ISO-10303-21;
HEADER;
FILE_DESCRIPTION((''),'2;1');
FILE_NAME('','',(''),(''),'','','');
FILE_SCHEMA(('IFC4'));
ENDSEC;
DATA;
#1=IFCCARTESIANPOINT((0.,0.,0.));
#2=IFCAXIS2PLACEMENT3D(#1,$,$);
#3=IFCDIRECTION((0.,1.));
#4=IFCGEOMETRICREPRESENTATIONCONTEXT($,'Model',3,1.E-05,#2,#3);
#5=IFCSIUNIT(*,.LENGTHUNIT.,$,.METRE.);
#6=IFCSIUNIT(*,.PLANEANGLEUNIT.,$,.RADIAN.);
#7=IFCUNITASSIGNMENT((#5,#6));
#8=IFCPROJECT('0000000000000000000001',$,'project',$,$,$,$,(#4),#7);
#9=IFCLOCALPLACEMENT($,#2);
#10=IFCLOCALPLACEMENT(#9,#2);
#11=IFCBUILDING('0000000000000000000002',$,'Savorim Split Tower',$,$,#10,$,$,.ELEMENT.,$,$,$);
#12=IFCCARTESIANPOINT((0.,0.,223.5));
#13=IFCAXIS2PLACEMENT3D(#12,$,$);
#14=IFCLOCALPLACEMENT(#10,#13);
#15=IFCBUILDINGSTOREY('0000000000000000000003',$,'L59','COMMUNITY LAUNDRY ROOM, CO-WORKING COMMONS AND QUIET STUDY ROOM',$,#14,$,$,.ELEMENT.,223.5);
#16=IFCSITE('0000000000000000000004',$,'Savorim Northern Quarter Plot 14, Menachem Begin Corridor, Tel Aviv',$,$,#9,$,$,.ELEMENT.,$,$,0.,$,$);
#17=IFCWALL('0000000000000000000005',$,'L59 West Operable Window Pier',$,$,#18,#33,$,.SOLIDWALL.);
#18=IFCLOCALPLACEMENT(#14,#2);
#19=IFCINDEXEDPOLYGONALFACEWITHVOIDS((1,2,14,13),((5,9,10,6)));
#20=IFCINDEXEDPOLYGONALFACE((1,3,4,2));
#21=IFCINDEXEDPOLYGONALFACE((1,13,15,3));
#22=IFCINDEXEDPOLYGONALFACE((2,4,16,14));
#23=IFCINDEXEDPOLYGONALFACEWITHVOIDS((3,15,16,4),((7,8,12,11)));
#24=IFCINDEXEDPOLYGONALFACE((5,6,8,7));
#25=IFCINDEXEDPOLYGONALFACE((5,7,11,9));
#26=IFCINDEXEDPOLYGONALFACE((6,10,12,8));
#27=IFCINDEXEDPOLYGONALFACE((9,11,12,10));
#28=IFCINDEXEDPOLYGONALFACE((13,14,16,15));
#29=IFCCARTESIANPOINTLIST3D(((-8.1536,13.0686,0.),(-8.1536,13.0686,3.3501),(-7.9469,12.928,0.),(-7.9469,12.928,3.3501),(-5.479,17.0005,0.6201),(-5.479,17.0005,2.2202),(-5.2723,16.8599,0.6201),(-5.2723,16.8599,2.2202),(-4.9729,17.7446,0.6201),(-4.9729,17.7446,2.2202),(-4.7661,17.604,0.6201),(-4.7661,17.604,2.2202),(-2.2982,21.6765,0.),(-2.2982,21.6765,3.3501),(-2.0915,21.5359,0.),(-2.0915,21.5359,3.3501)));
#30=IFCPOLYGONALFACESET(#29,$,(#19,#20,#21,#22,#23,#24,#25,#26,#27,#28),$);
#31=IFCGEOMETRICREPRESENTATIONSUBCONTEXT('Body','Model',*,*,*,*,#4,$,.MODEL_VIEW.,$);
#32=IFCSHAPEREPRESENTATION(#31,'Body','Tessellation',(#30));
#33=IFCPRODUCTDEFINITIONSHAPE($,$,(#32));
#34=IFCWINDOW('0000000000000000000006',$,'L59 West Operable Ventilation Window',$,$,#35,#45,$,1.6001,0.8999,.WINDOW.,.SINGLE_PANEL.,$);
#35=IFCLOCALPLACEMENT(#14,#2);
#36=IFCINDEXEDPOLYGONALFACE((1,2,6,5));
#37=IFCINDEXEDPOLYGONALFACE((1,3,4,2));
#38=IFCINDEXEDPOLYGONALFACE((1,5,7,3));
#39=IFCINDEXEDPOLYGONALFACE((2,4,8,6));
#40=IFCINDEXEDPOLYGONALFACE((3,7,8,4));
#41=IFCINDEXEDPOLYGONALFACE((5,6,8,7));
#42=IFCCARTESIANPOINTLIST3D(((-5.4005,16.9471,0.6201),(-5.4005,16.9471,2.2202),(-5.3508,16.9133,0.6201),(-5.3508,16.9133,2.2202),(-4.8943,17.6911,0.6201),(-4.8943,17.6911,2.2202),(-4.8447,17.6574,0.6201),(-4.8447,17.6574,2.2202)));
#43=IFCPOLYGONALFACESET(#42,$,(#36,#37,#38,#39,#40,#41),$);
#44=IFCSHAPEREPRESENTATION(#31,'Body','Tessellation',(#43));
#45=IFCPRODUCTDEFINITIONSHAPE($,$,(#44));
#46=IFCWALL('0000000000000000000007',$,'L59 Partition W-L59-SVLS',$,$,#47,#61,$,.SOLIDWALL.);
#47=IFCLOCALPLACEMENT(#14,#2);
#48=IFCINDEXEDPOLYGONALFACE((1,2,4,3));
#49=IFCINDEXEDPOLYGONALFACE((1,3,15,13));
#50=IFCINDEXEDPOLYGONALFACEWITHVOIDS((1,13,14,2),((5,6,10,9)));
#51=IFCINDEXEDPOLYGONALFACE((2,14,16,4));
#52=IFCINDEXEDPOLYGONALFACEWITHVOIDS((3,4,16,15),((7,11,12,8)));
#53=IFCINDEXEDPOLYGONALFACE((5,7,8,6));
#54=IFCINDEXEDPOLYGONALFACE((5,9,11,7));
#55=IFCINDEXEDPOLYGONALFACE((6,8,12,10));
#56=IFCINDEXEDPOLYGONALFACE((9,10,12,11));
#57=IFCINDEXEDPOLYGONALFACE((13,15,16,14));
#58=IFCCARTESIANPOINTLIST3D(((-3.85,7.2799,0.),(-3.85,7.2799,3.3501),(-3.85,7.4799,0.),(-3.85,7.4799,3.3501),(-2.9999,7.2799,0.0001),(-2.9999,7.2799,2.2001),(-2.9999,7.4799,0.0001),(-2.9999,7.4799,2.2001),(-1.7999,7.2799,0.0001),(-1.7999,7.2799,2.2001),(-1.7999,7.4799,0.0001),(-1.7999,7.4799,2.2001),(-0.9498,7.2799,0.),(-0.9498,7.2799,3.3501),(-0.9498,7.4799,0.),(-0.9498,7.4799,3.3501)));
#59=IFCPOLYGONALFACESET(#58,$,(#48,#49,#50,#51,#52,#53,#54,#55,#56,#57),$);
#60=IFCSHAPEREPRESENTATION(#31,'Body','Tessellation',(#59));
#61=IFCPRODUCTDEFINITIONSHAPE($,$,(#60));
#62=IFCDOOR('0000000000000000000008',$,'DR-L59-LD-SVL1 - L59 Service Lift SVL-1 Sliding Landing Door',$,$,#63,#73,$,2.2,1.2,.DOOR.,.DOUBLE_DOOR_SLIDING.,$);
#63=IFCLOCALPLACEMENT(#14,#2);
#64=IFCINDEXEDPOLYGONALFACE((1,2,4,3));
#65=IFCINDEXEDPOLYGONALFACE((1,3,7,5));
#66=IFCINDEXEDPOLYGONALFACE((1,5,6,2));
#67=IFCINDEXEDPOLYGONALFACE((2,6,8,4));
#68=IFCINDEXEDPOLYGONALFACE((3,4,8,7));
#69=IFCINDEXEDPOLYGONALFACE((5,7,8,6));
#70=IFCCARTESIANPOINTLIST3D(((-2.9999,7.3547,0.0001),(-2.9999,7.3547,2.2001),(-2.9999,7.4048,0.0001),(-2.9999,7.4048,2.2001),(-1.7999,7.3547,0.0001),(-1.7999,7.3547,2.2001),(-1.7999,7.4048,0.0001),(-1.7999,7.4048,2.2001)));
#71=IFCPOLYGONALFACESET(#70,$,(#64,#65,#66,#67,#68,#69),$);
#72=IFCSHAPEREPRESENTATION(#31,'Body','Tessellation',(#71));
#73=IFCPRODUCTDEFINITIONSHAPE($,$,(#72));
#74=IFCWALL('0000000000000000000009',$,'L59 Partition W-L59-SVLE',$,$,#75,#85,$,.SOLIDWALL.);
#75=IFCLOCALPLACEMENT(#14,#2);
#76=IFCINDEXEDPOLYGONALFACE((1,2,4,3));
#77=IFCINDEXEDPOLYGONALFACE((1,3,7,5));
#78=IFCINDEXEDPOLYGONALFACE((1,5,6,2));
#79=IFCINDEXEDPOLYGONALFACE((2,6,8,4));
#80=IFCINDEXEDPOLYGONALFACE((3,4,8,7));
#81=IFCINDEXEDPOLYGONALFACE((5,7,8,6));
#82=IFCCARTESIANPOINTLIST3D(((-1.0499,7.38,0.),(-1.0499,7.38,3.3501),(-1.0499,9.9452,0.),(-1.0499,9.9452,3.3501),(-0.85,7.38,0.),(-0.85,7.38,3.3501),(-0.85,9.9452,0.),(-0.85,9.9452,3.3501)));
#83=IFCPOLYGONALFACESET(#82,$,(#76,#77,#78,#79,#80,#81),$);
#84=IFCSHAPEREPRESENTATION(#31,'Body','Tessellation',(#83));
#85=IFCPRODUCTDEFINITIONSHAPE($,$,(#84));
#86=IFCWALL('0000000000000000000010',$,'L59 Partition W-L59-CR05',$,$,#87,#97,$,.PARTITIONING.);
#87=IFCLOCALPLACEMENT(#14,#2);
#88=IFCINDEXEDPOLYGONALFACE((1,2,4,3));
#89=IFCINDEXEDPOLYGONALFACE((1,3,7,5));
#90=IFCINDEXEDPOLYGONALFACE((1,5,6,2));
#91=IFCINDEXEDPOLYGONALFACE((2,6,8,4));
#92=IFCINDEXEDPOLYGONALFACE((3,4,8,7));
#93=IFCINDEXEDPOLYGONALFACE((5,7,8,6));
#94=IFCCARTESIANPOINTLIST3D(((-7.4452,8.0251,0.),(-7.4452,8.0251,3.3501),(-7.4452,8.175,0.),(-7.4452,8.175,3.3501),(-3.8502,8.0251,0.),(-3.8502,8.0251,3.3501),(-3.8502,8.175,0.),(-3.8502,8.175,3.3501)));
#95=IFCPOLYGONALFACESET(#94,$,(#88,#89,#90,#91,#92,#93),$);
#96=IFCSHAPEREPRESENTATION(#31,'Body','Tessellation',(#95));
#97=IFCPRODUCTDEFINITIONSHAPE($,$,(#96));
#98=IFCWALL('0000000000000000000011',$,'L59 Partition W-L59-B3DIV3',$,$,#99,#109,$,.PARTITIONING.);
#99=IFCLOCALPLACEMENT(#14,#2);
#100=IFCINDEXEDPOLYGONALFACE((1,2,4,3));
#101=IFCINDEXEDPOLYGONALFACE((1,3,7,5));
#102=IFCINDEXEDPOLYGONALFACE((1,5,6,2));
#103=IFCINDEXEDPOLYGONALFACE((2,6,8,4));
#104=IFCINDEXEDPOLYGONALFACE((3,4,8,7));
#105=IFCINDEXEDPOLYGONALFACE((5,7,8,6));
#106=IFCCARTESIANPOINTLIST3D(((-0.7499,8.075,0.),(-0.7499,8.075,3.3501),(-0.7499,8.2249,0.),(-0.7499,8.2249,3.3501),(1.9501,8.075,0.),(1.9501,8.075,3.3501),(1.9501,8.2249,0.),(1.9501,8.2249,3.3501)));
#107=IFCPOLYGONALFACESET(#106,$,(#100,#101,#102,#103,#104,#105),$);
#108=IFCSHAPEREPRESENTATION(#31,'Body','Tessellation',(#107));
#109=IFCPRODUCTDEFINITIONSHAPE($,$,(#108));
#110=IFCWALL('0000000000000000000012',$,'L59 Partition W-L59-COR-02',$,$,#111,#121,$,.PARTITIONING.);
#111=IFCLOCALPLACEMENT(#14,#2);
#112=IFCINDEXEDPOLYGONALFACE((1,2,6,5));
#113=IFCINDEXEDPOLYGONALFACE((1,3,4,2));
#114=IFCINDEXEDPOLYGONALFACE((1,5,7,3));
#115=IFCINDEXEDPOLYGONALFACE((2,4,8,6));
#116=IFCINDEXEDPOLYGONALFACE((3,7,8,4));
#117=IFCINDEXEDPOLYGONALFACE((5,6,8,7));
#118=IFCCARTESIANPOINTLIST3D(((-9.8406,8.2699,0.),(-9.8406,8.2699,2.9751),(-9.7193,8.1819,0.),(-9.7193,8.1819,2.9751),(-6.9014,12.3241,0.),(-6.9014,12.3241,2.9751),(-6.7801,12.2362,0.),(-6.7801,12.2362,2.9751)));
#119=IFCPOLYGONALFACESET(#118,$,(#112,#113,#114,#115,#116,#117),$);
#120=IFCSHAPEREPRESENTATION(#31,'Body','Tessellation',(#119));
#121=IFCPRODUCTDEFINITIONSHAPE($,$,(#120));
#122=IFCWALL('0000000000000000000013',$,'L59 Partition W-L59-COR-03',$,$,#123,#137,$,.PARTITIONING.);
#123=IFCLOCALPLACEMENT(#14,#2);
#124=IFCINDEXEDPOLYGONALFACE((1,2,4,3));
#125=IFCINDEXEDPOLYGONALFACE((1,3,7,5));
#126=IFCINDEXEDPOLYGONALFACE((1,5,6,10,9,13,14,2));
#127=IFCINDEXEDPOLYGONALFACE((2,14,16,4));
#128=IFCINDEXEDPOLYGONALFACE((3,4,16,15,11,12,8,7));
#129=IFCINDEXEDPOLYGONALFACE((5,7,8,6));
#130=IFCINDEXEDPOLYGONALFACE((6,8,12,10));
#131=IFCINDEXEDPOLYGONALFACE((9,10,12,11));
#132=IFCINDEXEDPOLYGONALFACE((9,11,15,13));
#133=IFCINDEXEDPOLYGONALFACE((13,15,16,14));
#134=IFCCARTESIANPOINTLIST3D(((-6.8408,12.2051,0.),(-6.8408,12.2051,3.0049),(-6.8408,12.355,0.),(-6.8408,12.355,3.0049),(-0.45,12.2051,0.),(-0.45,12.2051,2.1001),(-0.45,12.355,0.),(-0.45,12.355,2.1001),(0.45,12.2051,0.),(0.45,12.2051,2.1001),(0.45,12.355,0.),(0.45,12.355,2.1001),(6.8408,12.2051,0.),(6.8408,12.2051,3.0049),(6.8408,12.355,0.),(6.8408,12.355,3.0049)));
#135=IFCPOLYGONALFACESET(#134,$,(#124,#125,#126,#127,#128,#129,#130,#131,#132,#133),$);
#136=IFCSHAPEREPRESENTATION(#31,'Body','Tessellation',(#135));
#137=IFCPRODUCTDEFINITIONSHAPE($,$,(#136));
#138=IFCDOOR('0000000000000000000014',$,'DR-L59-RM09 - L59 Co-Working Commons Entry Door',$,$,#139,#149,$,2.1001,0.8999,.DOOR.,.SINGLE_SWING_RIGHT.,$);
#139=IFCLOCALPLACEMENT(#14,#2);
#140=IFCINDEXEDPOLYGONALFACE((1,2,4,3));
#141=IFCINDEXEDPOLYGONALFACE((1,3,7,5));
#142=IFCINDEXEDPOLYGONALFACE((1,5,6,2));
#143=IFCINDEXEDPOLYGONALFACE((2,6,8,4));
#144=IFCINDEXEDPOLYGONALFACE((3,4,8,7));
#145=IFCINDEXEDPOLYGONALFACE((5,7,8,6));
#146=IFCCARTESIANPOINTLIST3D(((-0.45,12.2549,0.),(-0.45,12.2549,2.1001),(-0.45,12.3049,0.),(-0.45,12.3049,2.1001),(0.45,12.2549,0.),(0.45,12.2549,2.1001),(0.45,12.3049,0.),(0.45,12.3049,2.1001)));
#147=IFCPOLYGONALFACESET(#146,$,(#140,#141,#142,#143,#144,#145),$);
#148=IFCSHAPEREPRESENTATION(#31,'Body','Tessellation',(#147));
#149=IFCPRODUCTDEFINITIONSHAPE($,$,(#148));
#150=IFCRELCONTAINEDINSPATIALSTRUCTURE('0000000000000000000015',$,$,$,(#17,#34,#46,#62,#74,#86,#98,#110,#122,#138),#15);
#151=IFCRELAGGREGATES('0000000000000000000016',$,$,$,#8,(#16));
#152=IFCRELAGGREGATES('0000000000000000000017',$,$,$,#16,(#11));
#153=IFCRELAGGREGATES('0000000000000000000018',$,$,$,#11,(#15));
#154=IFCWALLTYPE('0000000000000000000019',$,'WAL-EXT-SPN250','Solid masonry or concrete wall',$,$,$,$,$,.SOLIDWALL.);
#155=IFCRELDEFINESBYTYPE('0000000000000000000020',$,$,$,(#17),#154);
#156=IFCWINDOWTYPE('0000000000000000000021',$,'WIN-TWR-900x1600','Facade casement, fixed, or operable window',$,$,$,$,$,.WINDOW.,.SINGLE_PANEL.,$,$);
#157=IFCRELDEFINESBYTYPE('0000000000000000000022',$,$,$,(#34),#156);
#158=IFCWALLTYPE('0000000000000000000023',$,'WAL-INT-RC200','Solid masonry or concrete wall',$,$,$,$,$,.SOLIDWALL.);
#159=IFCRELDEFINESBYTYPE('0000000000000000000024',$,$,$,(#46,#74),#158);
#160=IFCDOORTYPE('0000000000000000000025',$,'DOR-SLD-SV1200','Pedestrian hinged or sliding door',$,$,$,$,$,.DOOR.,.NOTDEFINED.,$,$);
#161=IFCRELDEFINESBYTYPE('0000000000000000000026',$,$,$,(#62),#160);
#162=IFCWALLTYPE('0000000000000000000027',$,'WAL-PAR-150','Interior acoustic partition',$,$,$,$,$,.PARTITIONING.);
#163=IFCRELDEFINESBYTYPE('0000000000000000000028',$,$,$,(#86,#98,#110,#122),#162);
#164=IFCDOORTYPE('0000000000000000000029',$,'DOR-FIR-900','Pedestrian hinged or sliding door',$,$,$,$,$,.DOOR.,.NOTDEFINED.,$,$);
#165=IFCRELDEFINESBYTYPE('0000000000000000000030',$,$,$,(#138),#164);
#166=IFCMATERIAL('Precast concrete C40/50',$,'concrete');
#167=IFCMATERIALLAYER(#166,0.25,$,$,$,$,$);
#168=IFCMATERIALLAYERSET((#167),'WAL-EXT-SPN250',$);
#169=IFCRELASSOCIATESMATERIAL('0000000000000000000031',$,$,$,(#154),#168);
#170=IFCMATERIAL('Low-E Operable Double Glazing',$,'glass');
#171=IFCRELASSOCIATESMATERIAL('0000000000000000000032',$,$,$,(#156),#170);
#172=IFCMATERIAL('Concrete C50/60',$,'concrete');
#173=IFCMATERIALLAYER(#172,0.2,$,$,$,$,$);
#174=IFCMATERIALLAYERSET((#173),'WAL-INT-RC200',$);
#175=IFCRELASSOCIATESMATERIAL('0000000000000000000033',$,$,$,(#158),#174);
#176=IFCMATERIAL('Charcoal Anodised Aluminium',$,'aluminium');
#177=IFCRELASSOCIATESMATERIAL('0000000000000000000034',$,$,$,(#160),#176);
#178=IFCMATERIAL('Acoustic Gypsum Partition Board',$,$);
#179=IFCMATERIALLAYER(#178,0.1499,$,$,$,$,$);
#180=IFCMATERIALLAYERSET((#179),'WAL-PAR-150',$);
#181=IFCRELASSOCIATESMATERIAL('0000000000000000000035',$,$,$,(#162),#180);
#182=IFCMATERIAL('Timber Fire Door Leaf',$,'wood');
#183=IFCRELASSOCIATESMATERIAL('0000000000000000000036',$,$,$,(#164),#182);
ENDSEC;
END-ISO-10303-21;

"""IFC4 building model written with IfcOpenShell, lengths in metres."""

from ifc_helpers import new_model, si_unit, direction, frame, frame_2d, origin, place, context, subcontext, project, spatial, rectangle, extrude, material, layer, layer_set, type_object, element, fill, save


model = new_model("IFC4")

# Units and contexts
model_context = context("Model", 3, precision=1e-05, world=origin(), true_north=direction((0.0, 1.0)))
body_context = subcontext(model_context, "Body", "Model", "MODEL_VIEW")
ifc_project = project(units=[si_unit("LENGTHUNIT", "METRE"), si_unit("PLANEANGLEUNIT", "RADIAN")], contexts=[model_context])

# Site, building, storey
site_placement = place(None, origin())
site = spatial("IfcSite", under=ifc_project, at=site_placement, Name="Savorim Northern Quarter Plot 14, Menachem Begin Corridor, Tel Aviv", CompositionType="ELEMENT", RefElevation=0.0)
building_placement = place(site_placement, origin())
building = spatial("IfcBuilding", under=site, at=building_placement, Name="Savorim Split Tower", CompositionType="ELEMENT")
storey_placement = place(building_placement, frame((0.0, 0.0, 223.5)))
storey = spatial("IfcBuildingStorey", under=building, at=storey_placement, Name="L59", Description="COMMUNITY LAUNDRY ROOM, CO-WORKING COMMONS AND QUIET STUDY ROOM", CompositionType="ELEMENT", Elevation=223.5)

# Shared definitions
ifc_material_1 = material(Name="Charcoal Anodised Aluminium", Category="aluminium")

# Wall, opening, window
ifc_material_2 = material(Name="Precast concrete C40/50", Category="concrete")
ifc_material_3 = material(Name="Low-E Operable Double Glazing", Category="glass")
ifc_layer_1 = layer(ifc_material_2, 0.25)
ifc_layer_set_1 = layer_set([ifc_layer_1], Name="WAL-EXT-SPN250")
wall_type_1 = type_object("IfcWallType", Name="WAL-EXT-SPN250", Description="Solid masonry or concrete wall", PredefinedType="SOLIDWALL", material=ifc_layer_set_1)
wall_1_placement = place(storey_placement, frame((-8.0503, 12.9983, 0.0), z_axis=(0.0, 0.0, 1.0), x_axis=(0.562447, 0.826833, 0.0)))
wall_1 = element("IfcWall", 1, at=wall_1_placement, inside=storey, type_object=wall_type_1, Name="L59 West Operable Window Pier", PredefinedType="SOLIDWALL", context=body_context, shape_type="SweptSolid", body=[
    extrude(rectangle(XDim=10.4106, YDim=0.25, at=frame_2d((5.2053, 0.0))), origin(), (0.0, 0.0, 1.0), 3.3501),
])
opening_1_placement = place(wall_1_placement, frame((4.7554, 0.0, 0.6201)))
opening_1 = element("IfcOpeningElement", 2, at=opening_1_placement, cuts=wall_1, PredefinedType="OPENING", context=body_context, shape_type="SweptSolid", body=[
    extrude(rectangle(XDim=0.8999, YDim=1.6001, at=frame_2d((0.45, 0.8))), frame((0.0, 0.135, 0.0), z_axis=(0.0, -1.0, 0.0), x_axis=(1.0, 0.0, 0.0)), (0.0, 0.0, 1.0), 0.27),
])
window_type_1 = type_object("IfcWindowType", Name="WIN-TWR-900x1600", Description="Facade casement, fixed, or operable window", PartitioningType="SINGLE_PANEL", PredefinedType="WINDOW", material=ifc_material_3)
window_1_placement = place(opening_1_placement, origin())
window_1 = element("IfcWindow", 3, at=window_1_placement, inside=storey, type_object=window_type_1, Name="L59 West Operable Ventilation Window", OverallHeight=1.6001, OverallWidth=0.8999, PartitioningType="SINGLE_PANEL", PredefinedType="WINDOW", context=body_context, shape_type="SweptSolid", body=[
    extrude(rectangle(XDim=0.8999, YDim=1.6001, at=frame_2d((0.45, 0.8))), frame((0.0, 0.03, 0.0), z_axis=(0.0, -1.0, 0.0), x_axis=(1.0, 0.0, 0.0)), (0.0, 0.0, 1.0), 0.0601),
])
fill(opening_1, window_1)

# Wall, opening, door
ifc_material_4 = material(Name="Concrete C50/60", Category="concrete")
ifc_layer_2 = layer(ifc_material_4, 0.2)
ifc_layer_set_2 = layer_set([ifc_layer_2], Name="WAL-INT-RC200")
wall_type_2 = type_object("IfcWallType", Name="WAL-INT-RC200", Description="Solid masonry or concrete wall", PredefinedType="SOLIDWALL", material=ifc_layer_set_2)
wall_2_placement = place(storey_placement, frame((-3.8501, 7.3799, 0.0), z_axis=(0.0, 0.0, 1.0), x_axis=(1.0, 0.0, 0.0)))
wall_2 = element("IfcWall", 4, at=wall_2_placement, inside=storey, type_object=wall_type_2, Name="L59 Partition W-L59-SVLS", PredefinedType="SOLIDWALL", context=body_context, shape_type="SweptSolid", body=[
    extrude(rectangle(XDim=2.9001, YDim=0.2, at=frame_2d((1.4502, 0.0))), origin(), (0.0, 0.0, 1.0), 3.3501),
])
opening_2_placement = place(wall_2_placement, frame((0.8501, 0.0, 0.0)))
opening_2 = element("IfcOpeningElement", 5, at=opening_2_placement, cuts=wall_2, PredefinedType="OPENING", context=body_context, shape_type="SweptSolid", body=[
    extrude(rectangle(XDim=1.2, YDim=2.2, at=frame_2d((0.6001, 1.1001))), frame((0.0, 0.1099, 0.0), z_axis=(0.0, -1.0, 0.0), x_axis=(1.0, 0.0, 0.0)), (0.0, 0.0, 1.0), 0.22),
])
door_type_1 = type_object("IfcDoorType", Name="DOR-SLD-SV1200", Description="Pedestrian hinged or sliding door", OperationType="NOTDEFINED", PredefinedType="DOOR", material=ifc_material_1)
door_1_placement = place(opening_2_placement, origin())
door_1 = element("IfcDoor", 6, at=door_1_placement, inside=storey, type_object=door_type_1, Name="DR-L59-LD-SVL1 - L59 Service Lift SVL-1 Sliding Landing Door", OperationType="DOUBLE_DOOR_SLIDING", OverallHeight=2.2, OverallWidth=1.2, PredefinedType="DOOR", context=body_context, shape_type="SweptSolid", body=[
    extrude(rectangle(XDim=1.2, YDim=2.2, at=frame_2d((0.6001, 1.1001))), frame((0.0, 0.0249, 0.0), z_axis=(0.0, -1.0, 0.0), x_axis=(1.0, 0.0, 0.0)), (0.0, 0.0, 1.0), 0.05),
])
fill(opening_2, door_1)

# Walls
wall_3_placement = place(storey_placement, frame((-0.95, 7.3799, 0.0), z_axis=(0.0, 0.0, 1.0), x_axis=(0.0, 1.0, 0.0)))
element("IfcWall", 7, at=wall_3_placement, inside=storey, type_object=wall_type_2, Name="L59 Partition W-L59-SVLE", PredefinedType="SOLIDWALL", context=body_context, shape_type="SweptSolid", body=[
    extrude(rectangle(XDim=2.5652, YDim=0.2, at=frame_2d((1.2827, 0.0))), origin(), (0.0, 0.0, 1.0), 3.3501),
])
ifc_material_5 = material(Name="Acoustic Gypsum Partition Board")
ifc_layer_3 = layer(ifc_material_5, 0.1499)
ifc_layer_set_3 = layer_set([ifc_layer_3], Name="WAL-PAR-150")
wall_type_3 = type_object("IfcWallType", Name="WAL-PAR-150", Description="Interior acoustic partition", PredefinedType="PARTITIONING", material=ifc_layer_set_3)
wall_4_placement = place(storey_placement, frame((-7.4451, 8.1001, 0.0), z_axis=(0.0, 0.0, 1.0), x_axis=(1.0, 0.0, 0.0)))
element("IfcWall", 8, at=wall_4_placement, inside=storey, type_object=wall_type_3, Name="L59 Partition W-L59-CR05", PredefinedType="PARTITIONING", context=body_context, shape_type="SweptSolid", body=[
    extrude(rectangle(XDim=3.595, YDim=0.1499, at=frame_2d((1.7974, 0.0))), origin(), (0.0, 0.0, 1.0), 3.3501),
])
wall_5_placement = place(storey_placement, frame((-0.75, 8.1499, 0.0), z_axis=(0.0, 0.0, 1.0), x_axis=(1.0, 0.0, 0.0)))
element("IfcWall", 9, at=wall_5_placement, inside=storey, type_object=wall_type_3, Name="L59 Partition W-L59-B3DIV3", PredefinedType="PARTITIONING", context=body_context, shape_type="SweptSolid", body=[
    extrude(rectangle(XDim=2.7, YDim=0.1499, at=frame_2d((1.3501, 0.0))), origin(), (0.0, 0.0, 1.0), 3.3501),
])
wall_6_placement = place(storey_placement, frame((-9.78, 8.2258, 0.0), z_axis=(0.0, 0.0, 1.0), x_axis=(0.586956, 0.809619, 0.0)))
element("IfcWall", 10, at=wall_6_placement, inside=storey, type_object=wall_type_3, Name="L59 Partition W-L59-COR-02", PredefinedType="PARTITIONING", context=body_context, shape_type="SweptSolid", body=[
    extrude(rectangle(XDim=5.0076, YDim=0.1499, at=frame_2d((2.5039, 0.0))), origin(), (0.0, 0.0, 1.0), 2.9751),
])

# Wall, opening, door
wall_7_placement = place(storey_placement, frame((-6.8408, 12.28, 0.0), z_axis=(0.0, 0.0, 1.0), x_axis=(1.0, 0.0, 0.0)))
wall_7 = element("IfcWall", 11, at=wall_7_placement, inside=storey, type_object=wall_type_3, Name="L59 Partition W-L59-COR-03", PredefinedType="PARTITIONING", context=body_context, shape_type="SweptSolid", body=[
    extrude(rectangle(XDim=13.6816, YDim=0.1499, at=frame_2d((6.8408, 0.0))), origin(), (0.0, 0.0, 1.0), 3.0049),
])
opening_3_placement = place(wall_7_placement, frame((6.3909, 0.0, 0.0)))
opening_3 = element("IfcOpeningElement", 12, at=opening_3_placement, cuts=wall_7, PredefinedType="OPENING", context=body_context, shape_type="SweptSolid", body=[
    extrude(rectangle(XDim=0.8999, YDim=2.1001, at=frame_2d((0.45, 1.05))), frame((0.0, 0.085, 0.0), z_axis=(0.0, -1.0, 0.0), x_axis=(1.0, 0.0, 0.0)), (0.0, 0.0, 1.0), 0.1699),
])
ifc_material_6 = material(Name="Timber Fire Door Leaf", Category="wood")
door_type_2 = type_object("IfcDoorType", Name="DOR-FIR-900", Description="Pedestrian hinged or sliding door", OperationType="NOTDEFINED", PredefinedType="DOOR", material=ifc_material_6)
door_2_placement = place(opening_3_placement, origin())
door_2 = element("IfcDoor", 13, at=door_2_placement, inside=storey, type_object=door_type_2, Name="DR-L59-RM09 - L59 Co-Working Commons Entry Door", OperationType="SINGLE_SWING_RIGHT", OverallHeight=2.1001, OverallWidth=0.8999, PredefinedType="DOOR", context=body_context, shape_type="SweptSolid", body=[
    extrude(rectangle(XDim=0.8999, YDim=2.1001, at=frame_2d((0.45, 1.05))), frame((0.0, 0.0249, 0.0), z_axis=(0.0, -1.0, 0.0), x_axis=(1.0, 0.0, 0.0)), (0.0, 0.0, 1.0), 0.05),
])
fill(opening_3, door_2)

save(model, "model.ifc")
